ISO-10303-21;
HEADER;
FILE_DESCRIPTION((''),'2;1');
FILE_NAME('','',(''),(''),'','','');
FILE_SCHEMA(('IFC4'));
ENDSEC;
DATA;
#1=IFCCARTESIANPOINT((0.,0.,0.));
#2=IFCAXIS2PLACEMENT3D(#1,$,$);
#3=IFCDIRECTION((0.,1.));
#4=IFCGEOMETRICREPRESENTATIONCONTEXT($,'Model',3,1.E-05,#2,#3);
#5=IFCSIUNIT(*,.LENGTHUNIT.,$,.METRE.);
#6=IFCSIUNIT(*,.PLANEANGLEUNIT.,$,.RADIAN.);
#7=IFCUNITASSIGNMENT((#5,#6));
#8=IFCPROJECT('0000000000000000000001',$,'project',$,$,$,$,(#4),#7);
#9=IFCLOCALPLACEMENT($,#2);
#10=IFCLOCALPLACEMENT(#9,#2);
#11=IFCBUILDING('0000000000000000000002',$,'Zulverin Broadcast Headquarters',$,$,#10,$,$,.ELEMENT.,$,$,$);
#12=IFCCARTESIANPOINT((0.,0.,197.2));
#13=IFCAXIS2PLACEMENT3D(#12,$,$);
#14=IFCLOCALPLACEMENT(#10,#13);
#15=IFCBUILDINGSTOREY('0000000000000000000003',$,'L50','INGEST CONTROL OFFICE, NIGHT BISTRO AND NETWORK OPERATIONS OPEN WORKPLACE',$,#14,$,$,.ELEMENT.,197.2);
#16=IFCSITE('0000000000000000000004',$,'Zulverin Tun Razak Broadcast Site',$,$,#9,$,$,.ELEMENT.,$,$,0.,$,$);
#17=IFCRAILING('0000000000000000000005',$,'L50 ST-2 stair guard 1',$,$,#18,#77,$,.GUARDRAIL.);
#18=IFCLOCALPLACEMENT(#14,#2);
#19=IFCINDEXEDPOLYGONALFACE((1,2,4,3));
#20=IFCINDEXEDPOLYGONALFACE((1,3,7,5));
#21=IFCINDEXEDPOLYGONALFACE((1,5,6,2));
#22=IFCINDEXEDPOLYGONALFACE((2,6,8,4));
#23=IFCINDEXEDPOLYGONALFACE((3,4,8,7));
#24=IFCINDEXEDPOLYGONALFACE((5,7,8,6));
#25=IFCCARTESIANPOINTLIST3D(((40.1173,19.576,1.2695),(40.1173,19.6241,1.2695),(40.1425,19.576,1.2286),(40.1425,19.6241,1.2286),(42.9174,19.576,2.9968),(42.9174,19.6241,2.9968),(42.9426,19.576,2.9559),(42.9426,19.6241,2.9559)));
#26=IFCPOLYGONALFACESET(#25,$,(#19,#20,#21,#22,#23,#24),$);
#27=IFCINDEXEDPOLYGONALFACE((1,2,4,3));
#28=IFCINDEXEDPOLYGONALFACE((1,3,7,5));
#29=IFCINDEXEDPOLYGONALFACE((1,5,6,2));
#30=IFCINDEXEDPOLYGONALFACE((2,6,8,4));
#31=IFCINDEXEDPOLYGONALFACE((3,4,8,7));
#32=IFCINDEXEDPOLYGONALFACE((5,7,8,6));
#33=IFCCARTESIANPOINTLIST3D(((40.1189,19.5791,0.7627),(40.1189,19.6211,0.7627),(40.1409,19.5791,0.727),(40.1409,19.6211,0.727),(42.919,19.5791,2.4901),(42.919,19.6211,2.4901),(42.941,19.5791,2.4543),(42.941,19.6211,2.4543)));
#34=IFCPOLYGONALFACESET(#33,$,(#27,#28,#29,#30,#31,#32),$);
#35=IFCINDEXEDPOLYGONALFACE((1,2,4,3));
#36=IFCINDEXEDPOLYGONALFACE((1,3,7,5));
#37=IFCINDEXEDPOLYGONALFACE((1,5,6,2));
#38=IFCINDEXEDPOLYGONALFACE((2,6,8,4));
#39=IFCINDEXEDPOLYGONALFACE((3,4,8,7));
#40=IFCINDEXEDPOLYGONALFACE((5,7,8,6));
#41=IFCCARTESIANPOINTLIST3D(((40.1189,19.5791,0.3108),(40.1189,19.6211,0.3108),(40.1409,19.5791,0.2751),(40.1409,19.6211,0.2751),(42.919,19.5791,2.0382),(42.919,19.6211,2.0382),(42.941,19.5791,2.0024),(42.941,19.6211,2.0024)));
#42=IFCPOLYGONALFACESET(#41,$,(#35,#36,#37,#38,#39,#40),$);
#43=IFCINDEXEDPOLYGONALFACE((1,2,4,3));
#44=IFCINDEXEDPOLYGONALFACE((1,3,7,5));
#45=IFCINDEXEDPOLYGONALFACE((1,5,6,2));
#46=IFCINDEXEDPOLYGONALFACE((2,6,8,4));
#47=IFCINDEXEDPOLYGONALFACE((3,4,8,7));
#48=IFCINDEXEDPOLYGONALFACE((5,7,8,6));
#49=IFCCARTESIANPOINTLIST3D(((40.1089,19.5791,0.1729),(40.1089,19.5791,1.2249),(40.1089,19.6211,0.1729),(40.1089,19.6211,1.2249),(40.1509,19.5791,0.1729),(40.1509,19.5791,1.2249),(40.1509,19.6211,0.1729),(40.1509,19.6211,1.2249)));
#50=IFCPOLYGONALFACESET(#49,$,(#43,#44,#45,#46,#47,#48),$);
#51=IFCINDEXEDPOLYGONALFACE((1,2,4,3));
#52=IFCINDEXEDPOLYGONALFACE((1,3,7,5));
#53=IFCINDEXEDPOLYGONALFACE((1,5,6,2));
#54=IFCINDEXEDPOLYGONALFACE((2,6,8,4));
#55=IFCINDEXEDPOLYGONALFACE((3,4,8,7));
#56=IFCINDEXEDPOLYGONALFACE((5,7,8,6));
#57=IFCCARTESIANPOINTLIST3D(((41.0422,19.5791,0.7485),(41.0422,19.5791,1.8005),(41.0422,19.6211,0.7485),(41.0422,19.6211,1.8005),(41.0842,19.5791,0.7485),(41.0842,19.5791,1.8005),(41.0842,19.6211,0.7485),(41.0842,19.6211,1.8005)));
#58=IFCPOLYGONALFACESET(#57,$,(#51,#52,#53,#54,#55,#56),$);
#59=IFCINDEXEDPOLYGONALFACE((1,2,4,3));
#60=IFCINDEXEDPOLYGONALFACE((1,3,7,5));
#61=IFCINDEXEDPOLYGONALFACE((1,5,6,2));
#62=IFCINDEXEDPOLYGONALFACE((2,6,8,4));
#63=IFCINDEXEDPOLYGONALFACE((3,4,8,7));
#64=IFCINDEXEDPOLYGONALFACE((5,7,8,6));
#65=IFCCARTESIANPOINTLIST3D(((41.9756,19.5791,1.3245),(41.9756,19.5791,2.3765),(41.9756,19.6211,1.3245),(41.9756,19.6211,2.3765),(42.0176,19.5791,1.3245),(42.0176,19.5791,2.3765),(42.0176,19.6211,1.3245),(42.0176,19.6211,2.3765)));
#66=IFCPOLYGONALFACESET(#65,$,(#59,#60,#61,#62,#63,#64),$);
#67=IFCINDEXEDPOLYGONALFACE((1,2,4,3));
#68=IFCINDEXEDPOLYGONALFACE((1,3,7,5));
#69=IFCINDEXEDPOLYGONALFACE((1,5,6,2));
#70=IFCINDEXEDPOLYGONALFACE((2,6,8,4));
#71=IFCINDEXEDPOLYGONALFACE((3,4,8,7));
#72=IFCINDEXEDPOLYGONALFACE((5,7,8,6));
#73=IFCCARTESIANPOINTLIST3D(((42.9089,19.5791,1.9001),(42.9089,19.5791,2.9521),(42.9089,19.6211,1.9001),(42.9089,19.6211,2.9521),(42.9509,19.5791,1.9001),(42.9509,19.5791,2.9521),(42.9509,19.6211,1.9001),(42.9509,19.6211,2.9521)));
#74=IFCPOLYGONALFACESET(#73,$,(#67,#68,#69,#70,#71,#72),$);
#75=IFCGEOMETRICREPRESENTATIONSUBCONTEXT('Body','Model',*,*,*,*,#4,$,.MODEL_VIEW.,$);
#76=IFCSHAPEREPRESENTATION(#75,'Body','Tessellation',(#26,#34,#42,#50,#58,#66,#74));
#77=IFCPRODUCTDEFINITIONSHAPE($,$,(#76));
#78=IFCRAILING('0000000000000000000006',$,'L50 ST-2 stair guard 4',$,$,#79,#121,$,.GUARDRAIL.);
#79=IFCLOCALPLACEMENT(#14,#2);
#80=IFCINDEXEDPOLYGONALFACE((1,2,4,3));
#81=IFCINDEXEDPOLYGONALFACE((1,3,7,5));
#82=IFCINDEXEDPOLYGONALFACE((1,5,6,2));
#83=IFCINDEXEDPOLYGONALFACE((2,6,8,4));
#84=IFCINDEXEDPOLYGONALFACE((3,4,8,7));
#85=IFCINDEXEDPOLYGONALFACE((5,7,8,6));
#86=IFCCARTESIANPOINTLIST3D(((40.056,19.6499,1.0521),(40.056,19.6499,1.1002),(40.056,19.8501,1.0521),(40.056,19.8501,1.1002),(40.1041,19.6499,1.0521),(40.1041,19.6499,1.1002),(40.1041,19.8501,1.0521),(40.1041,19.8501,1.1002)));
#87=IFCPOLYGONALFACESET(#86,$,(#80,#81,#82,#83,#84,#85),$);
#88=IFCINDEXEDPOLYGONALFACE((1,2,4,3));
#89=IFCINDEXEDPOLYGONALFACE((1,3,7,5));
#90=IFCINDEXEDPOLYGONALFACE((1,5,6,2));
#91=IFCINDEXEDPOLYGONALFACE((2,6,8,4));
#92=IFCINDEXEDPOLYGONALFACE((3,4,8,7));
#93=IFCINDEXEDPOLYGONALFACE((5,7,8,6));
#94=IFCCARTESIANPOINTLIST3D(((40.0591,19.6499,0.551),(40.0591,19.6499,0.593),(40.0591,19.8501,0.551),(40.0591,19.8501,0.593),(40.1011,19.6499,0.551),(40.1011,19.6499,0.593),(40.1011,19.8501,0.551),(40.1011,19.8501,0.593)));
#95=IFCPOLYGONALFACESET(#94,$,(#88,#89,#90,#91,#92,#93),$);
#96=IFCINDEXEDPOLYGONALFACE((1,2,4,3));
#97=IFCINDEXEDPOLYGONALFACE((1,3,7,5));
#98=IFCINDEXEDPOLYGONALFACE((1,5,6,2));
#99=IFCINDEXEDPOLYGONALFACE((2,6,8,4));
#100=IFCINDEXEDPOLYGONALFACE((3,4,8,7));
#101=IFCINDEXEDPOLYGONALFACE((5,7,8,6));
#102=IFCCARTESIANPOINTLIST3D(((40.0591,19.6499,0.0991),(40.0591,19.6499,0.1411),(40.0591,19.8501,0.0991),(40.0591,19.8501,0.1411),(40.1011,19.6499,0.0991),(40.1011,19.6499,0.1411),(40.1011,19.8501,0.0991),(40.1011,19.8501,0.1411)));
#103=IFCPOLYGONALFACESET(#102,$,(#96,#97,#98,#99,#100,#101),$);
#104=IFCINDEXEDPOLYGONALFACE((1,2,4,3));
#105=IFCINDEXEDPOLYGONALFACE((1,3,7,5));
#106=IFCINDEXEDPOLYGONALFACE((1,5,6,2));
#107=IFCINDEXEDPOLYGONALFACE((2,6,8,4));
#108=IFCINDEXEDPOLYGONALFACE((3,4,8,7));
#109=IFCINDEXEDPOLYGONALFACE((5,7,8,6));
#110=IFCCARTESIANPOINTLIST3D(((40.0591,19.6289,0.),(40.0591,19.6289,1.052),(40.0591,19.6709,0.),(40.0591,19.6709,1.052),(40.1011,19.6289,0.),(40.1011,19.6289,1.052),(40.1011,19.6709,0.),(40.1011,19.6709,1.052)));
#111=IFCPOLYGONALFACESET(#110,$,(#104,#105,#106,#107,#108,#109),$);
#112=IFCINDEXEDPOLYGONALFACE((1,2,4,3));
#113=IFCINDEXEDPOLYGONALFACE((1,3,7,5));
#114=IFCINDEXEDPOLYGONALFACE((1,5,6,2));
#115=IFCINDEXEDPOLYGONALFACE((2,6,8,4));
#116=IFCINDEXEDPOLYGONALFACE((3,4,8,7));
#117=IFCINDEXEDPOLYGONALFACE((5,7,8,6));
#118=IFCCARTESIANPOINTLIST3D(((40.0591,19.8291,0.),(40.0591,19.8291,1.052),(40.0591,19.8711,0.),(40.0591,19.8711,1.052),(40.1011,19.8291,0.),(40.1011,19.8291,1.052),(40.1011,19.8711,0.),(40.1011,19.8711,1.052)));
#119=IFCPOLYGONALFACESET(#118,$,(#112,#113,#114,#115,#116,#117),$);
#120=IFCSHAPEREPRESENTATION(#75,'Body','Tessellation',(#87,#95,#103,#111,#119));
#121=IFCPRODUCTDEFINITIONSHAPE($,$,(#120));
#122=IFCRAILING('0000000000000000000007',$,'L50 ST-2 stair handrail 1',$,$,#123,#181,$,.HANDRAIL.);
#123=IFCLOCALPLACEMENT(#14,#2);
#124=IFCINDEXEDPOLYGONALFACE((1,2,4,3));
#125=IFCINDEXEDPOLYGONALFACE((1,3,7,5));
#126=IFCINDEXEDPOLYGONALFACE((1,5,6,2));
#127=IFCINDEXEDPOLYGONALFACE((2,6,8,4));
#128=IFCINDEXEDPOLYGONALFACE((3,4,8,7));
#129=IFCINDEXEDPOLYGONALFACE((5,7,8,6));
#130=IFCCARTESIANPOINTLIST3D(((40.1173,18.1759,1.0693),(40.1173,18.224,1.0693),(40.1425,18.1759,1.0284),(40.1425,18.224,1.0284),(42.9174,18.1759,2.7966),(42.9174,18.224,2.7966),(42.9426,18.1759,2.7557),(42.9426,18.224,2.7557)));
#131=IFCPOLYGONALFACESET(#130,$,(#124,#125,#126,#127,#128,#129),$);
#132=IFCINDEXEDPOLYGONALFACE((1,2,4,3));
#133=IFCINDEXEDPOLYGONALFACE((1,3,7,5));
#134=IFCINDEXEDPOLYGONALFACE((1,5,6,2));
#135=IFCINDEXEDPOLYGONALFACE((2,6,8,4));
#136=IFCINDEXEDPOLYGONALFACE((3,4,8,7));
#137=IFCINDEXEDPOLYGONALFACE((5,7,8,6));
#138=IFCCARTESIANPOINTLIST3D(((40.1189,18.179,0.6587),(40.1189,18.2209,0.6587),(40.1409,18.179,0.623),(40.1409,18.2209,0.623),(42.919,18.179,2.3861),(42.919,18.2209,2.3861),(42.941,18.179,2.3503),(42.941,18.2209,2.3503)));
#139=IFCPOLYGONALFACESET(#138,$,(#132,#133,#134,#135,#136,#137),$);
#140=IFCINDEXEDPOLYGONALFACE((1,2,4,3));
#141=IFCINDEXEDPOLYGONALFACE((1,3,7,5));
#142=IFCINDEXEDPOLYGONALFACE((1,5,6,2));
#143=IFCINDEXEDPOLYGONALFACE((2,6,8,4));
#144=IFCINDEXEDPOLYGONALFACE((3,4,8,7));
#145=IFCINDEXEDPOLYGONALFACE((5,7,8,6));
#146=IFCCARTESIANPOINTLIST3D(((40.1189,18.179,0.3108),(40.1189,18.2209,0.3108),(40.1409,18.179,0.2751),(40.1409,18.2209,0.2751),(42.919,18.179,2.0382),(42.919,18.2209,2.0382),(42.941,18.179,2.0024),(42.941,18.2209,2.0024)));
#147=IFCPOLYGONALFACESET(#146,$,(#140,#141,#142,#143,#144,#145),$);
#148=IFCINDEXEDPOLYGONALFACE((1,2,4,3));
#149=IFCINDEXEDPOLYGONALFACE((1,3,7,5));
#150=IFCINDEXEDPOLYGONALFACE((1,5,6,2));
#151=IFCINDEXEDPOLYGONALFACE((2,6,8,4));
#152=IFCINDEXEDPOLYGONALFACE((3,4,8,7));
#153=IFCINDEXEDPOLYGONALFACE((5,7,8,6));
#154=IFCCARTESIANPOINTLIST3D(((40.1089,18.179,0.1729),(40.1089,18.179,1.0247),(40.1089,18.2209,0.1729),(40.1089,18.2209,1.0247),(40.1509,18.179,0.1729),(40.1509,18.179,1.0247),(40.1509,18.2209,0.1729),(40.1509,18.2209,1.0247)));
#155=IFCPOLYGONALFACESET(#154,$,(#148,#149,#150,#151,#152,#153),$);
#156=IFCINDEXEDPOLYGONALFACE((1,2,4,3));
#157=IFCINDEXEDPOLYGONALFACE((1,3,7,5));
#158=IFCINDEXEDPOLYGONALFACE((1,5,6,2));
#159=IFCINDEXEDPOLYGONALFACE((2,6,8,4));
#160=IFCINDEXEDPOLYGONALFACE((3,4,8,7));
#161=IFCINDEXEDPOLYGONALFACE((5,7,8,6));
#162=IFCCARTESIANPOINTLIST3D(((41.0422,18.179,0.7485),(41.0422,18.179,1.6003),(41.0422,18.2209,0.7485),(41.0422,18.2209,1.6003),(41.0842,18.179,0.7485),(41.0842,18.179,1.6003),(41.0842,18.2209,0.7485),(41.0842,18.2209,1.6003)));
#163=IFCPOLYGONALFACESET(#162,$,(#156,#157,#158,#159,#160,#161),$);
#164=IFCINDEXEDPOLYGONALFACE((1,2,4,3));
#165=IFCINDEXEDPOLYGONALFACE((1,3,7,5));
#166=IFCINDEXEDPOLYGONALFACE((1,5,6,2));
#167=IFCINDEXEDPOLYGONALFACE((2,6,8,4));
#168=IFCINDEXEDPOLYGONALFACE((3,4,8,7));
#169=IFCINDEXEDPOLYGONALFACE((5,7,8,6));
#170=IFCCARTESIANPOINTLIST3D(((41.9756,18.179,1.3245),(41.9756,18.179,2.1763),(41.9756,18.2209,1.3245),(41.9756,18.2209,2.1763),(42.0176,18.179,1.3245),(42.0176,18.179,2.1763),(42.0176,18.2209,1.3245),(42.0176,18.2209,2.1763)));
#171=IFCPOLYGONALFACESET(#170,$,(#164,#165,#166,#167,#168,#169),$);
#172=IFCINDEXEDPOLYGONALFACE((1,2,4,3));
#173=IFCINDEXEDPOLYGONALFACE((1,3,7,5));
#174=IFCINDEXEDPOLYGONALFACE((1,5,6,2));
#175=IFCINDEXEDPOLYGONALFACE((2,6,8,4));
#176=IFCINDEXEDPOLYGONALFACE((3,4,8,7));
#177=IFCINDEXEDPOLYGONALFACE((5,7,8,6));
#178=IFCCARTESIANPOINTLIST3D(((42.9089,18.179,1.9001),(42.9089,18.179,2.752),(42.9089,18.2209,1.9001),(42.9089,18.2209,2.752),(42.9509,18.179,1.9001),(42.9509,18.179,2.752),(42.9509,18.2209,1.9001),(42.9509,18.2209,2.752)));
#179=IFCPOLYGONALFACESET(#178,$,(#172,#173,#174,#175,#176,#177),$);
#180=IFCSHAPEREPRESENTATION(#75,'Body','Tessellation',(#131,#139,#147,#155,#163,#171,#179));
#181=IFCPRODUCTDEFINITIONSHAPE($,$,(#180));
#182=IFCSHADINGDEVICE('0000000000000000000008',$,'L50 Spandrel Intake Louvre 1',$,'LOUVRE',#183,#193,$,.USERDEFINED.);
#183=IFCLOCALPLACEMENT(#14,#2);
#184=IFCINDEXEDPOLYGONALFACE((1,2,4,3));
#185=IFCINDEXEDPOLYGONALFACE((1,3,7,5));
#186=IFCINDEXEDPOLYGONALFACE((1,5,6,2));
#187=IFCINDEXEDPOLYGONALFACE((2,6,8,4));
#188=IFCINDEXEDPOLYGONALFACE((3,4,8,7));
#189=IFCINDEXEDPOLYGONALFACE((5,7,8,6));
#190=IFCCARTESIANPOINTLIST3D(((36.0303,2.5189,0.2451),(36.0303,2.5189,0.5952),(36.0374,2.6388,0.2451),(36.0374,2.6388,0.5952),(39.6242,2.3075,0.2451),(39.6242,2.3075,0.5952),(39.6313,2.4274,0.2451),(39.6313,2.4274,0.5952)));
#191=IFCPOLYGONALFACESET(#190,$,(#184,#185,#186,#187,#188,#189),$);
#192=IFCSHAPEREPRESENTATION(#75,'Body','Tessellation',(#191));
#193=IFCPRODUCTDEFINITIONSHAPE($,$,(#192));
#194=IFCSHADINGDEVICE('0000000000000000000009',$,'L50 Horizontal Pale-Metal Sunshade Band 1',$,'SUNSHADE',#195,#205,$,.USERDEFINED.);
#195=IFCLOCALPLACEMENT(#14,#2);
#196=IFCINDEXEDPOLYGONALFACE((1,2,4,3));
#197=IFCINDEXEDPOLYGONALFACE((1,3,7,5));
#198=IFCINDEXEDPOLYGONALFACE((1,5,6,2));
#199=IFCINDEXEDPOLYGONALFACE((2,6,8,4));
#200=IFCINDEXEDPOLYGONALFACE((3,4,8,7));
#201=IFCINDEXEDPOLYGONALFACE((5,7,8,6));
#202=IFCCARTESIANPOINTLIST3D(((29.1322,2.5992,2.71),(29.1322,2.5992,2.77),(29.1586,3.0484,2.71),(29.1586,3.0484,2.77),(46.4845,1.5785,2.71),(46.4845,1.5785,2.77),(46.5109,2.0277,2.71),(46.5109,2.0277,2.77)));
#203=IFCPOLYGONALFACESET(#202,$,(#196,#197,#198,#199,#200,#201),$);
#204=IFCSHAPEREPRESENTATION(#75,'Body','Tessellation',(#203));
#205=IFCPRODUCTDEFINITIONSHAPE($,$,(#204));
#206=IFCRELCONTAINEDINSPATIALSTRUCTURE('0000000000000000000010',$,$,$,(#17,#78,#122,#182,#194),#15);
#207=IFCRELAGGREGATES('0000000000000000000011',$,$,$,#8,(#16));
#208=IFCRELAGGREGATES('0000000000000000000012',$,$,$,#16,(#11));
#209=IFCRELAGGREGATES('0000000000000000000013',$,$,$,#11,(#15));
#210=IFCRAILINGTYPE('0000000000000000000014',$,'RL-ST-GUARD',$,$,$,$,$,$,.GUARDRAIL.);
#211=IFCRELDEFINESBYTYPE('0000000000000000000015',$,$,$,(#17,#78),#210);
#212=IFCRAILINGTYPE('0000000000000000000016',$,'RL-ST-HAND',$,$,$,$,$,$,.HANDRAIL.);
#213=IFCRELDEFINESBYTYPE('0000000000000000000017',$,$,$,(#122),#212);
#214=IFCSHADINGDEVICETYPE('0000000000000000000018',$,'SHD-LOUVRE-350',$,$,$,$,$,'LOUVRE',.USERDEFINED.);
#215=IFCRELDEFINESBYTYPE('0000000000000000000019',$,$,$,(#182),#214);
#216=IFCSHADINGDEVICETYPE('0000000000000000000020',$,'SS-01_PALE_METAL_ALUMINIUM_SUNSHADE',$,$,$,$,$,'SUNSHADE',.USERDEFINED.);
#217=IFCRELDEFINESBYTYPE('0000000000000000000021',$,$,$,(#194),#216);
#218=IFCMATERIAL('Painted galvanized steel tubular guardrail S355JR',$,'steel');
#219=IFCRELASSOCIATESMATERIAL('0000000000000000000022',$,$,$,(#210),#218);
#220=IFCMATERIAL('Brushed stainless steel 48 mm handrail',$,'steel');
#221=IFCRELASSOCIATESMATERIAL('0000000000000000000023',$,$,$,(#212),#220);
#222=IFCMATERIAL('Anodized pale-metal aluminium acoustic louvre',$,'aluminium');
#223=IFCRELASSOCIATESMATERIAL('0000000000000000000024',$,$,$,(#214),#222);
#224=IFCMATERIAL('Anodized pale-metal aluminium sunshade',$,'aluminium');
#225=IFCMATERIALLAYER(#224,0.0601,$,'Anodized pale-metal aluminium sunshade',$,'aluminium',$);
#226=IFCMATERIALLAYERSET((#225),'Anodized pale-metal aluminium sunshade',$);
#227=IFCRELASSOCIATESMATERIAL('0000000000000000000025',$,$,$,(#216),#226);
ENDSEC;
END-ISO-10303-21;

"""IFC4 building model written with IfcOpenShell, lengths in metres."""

from ifc_helpers import new_model, si_unit, direction, frame, origin, origin_2d, place, context, subcontext, project, spatial, rectangle, extrude, material, layer, layer_set, type_object, element, save


model = new_model("IFC4")

# Units and contexts
model_context = context("Model", 3, precision=1e-05, world=origin(), true_north=direction((0.0, 1.0)))
body_context = subcontext(model_context, "Body", "Model", "MODEL_VIEW")
ifc_project = project(units=[si_unit("LENGTHUNIT", "METRE"), si_unit("PLANEANGLEUNIT", "RADIAN")], contexts=[model_context])

# Site, building, storey
site_placement = place(None, origin())
site = spatial("IfcSite", under=ifc_project, at=site_placement, Name="Zulverin Tun Razak Broadcast Site", CompositionType="ELEMENT", RefElevation=0.0)
building_placement = place(site_placement, origin())
building = spatial("IfcBuilding", under=site, at=building_placement, Name="Zulverin Broadcast Headquarters", CompositionType="ELEMENT")
storey_placement = place(building_placement, frame((0.0, 0.0, 197.2)))
storey = spatial("IfcBuildingStorey", under=building, at=storey_placement, Name="L50", Description="INGEST CONTROL OFFICE, NIGHT BISTRO AND NETWORK OPERATIONS OPEN WORKPLACE", CompositionType="ELEMENT", Elevation=197.2)

# Railings
ifc_material_1 = material(Name="Painted galvanized steel tubular guardrail S355JR", Category="steel")
railing_type_1 = type_object("IfcRailingType", Name="RL-ST-GUARD", PredefinedType="GUARDRAIL", material=ifc_material_1)
railing_1_placement = place(storey_placement, frame((40.1299, 19.6001, 0.1729)))
element("IfcRailing", 1, at=railing_1_placement, inside=storey, type_object=railing_type_1, Name="L50 ST-2 stair guard 1", PredefinedType="GUARDRAIL", context=body_context, shape_type="SweptSolid", body=[
    extrude(rectangle(XDim=0.0481, YDim=0.0481, at=origin_2d()), frame((0.0, 0.0, 1.0762), z_axis=(0.85109, 0.0, 0.52502), x_axis=(0.0, 1.0, 0.0)), (0.0, 0.0, 1.0), 3.29),
    extrude(rectangle(XDim=0.042, YDim=0.042, at=origin_2d()), frame((0.0, 0.0, 0.572), z_axis=(0.85109, 0.0, 0.52502), x_axis=(0.0, 1.0, 0.0)), (0.0, 0.0, 1.0), 3.29),
    extrude(rectangle(XDim=0.042, YDim=0.042, at=origin_2d()), frame((0.0, 0.0, 0.1201), z_axis=(0.85109, 0.0, 0.52502), x_axis=(0.0, 1.0, 0.0)), (0.0, 0.0, 1.0), 3.29),
    extrude(rectangle(XDim=0.042, YDim=0.042, at=origin_2d()), origin(), (0.0, 0.0, 1.0), 1.052),
    extrude(rectangle(XDim=0.042, YDim=0.042, at=origin_2d()), frame((0.9333, 0.0, 0.5757)), (0.0, 0.0, 1.0), 1.052),
    extrude(rectangle(XDim=0.042, YDim=0.042, at=origin_2d()), frame((1.8667, 0.0, 1.1516)), (0.0, 0.0, 1.0), 1.052),
    extrude(rectangle(XDim=0.042, YDim=0.042, at=origin_2d()), frame((2.8, 0.0, 1.7273)), (0.0, 0.0, 1.0), 1.052),
])
railing_2_placement = place(storey_placement, frame((40.0801, 19.6499, 0.0)))
element("IfcRailing", 2, at=railing_2_placement, inside=storey, type_object=railing_type_1, Name="L50 ST-2 stair guard 4", PredefinedType="GUARDRAIL", context=body_context, shape_type="SweptSolid", body=[
    extrude(rectangle(XDim=0.0481, YDim=0.0481, at=origin_2d()), frame((0.0, 0.0, 1.0762), z_axis=(0.0, 1.0, 0.0), x_axis=(-1.0, 0.0, 0.0)), (0.0, 0.0, 1.0), 0.2002),
    extrude(rectangle(XDim=0.042, YDim=0.042, at=origin_2d()), frame((0.0, 0.0, 0.572), z_axis=(0.0, 1.0, 0.0), x_axis=(-1.0, 0.0, 0.0)), (0.0, 0.0, 1.0), 0.2002),
    extrude(rectangle(XDim=0.042, YDim=0.042, at=origin_2d()), frame((0.0, 0.0, 0.1201), z_axis=(0.0, 1.0, 0.0), x_axis=(-1.0, 0.0, 0.0)), (0.0, 0.0, 1.0), 0.2002),
    extrude(rectangle(XDim=0.042, YDim=0.042, at=origin_2d()), origin(), (0.0, 0.0, 1.0), 1.052),
    extrude(rectangle(XDim=0.042, YDim=0.042, at=origin_2d()), frame((0.0, 0.2002, 0.0)), (0.0, 0.0, 1.0), 1.052),
])
ifc_material_2 = material(Name="Brushed stainless steel 48 mm handrail", Category="steel")
railing_type_2 = type_object("IfcRailingType", Name="RL-ST-HAND", PredefinedType="HANDRAIL", material=ifc_material_2)
railing_3_placement = place(storey_placement, frame((40.1299, 18.2, 0.1729)))
element("IfcRailing", 3, at=railing_3_placement, inside=storey, type_object=railing_type_2, Name="L50 ST-2 stair handrail 1", PredefinedType="HANDRAIL", context=body_context, shape_type="SweptSolid", body=[
    extrude(rectangle(XDim=0.0481, YDim=0.0481, at=origin_2d()), frame((0.0, 0.0, 0.876), z_axis=(0.85109, 0.0, 0.52502), x_axis=(0.0, 1.0, 0.0)), (0.0, 0.0, 1.0), 3.29),
    extrude(rectangle(XDim=0.042, YDim=0.042, at=origin_2d()), frame((0.0, 0.0, 0.468), z_axis=(0.85109, 0.0, 0.52502), x_axis=(0.0, 1.0, 0.0)), (0.0, 0.0, 1.0), 3.29),
    extrude(rectangle(XDim=0.042, YDim=0.042, at=origin_2d()), frame((0.0, 0.0, 0.1201), z_axis=(0.85109, 0.0, 0.52502), x_axis=(0.0, 1.0, 0.0)), (0.0, 0.0, 1.0), 3.29),
    extrude(rectangle(XDim=0.042, YDim=0.042, at=origin_2d()), origin(), (0.0, 0.0, 1.0), 0.8518),
    extrude(rectangle(XDim=0.042, YDim=0.042, at=origin_2d()), frame((0.9333, 0.0, 0.5757)), (0.0, 0.0, 1.0), 0.8518),
    extrude(rectangle(XDim=0.042, YDim=0.042, at=origin_2d()), frame((1.8667, 0.0, 1.1516)), (0.0, 0.0, 1.0), 0.8518),
    extrude(rectangle(XDim=0.042, YDim=0.042, at=origin_2d()), frame((2.8, 0.0, 1.7273)), (0.0, 0.0, 1.0), 0.8518),
])

# Shading devices
ifc_material_3 = material(Name="Anodized pale-metal aluminium acoustic louvre", Category="aluminium")
shading_device_type_1 = type_object("IfcShadingDeviceType", Name="SHD-LOUVRE-350", ElementType="LOUVRE", PredefinedType="USERDEFINED", material=ifc_material_3)
shading_device_1_placement = place(storey_placement, frame((37.8308, 2.4731, 0.2451), z_axis=(0.0, 0.0, 1.0), x_axis=(0.998274, -0.058721, 0.0)))
element("IfcShadingDevice", 4, at=shading_device_1_placement, inside=storey, type_object=shading_device_type_1, Name="L50 Spandrel Intake Louvre 1", ObjectType="LOUVRE", PredefinedType="USERDEFINED", context=body_context, shape_type="SweptSolid", body=[
    extrude(rectangle(XDim=3.6001, YDim=0.1201, at=origin_2d()), origin(), (0.0, 0.0, 1.0), 0.3501),
])
ifc_material_4 = material(Name="Anodized pale-metal aluminium sunshade", Category="aluminium")
ifc_layer_1 = layer(ifc_material_4, 0.0601, Name="Anodized pale-metal aluminium sunshade", Category="aluminium")
ifc_layer_set_1 = layer_set([ifc_layer_1], Name="Anodized pale-metal aluminium sunshade")
shading_device_type_2 = type_object("IfcShadingDeviceType", Name="SS-01_PALE_METAL_ALUMINIUM_SUNSHADE", ElementType="SUNSHADE", PredefinedType="USERDEFINED", material=ifc_layer_set_1)
shading_device_2_placement = place(storey_placement, frame((37.8215, 2.3135, 2.71), z_axis=(0.0, 0.0, 1.0), x_axis=(0.998274, -0.058721, 0.0)))
element("IfcShadingDevice", 5, at=shading_device_2_placement, inside=storey, type_object=shading_device_type_2, Name="L50 Horizontal Pale-Metal Sunshade Band 1", ObjectType="SUNSHADE", PredefinedType="USERDEFINED", context=body_context, shape_type="SweptSolid", body=[
    extrude(rectangle(XDim=17.3823, YDim=0.45, at=origin_2d()), origin(), (0.0, 0.0, 1.0), 0.0601),
])

save(model, "model.ifc")
